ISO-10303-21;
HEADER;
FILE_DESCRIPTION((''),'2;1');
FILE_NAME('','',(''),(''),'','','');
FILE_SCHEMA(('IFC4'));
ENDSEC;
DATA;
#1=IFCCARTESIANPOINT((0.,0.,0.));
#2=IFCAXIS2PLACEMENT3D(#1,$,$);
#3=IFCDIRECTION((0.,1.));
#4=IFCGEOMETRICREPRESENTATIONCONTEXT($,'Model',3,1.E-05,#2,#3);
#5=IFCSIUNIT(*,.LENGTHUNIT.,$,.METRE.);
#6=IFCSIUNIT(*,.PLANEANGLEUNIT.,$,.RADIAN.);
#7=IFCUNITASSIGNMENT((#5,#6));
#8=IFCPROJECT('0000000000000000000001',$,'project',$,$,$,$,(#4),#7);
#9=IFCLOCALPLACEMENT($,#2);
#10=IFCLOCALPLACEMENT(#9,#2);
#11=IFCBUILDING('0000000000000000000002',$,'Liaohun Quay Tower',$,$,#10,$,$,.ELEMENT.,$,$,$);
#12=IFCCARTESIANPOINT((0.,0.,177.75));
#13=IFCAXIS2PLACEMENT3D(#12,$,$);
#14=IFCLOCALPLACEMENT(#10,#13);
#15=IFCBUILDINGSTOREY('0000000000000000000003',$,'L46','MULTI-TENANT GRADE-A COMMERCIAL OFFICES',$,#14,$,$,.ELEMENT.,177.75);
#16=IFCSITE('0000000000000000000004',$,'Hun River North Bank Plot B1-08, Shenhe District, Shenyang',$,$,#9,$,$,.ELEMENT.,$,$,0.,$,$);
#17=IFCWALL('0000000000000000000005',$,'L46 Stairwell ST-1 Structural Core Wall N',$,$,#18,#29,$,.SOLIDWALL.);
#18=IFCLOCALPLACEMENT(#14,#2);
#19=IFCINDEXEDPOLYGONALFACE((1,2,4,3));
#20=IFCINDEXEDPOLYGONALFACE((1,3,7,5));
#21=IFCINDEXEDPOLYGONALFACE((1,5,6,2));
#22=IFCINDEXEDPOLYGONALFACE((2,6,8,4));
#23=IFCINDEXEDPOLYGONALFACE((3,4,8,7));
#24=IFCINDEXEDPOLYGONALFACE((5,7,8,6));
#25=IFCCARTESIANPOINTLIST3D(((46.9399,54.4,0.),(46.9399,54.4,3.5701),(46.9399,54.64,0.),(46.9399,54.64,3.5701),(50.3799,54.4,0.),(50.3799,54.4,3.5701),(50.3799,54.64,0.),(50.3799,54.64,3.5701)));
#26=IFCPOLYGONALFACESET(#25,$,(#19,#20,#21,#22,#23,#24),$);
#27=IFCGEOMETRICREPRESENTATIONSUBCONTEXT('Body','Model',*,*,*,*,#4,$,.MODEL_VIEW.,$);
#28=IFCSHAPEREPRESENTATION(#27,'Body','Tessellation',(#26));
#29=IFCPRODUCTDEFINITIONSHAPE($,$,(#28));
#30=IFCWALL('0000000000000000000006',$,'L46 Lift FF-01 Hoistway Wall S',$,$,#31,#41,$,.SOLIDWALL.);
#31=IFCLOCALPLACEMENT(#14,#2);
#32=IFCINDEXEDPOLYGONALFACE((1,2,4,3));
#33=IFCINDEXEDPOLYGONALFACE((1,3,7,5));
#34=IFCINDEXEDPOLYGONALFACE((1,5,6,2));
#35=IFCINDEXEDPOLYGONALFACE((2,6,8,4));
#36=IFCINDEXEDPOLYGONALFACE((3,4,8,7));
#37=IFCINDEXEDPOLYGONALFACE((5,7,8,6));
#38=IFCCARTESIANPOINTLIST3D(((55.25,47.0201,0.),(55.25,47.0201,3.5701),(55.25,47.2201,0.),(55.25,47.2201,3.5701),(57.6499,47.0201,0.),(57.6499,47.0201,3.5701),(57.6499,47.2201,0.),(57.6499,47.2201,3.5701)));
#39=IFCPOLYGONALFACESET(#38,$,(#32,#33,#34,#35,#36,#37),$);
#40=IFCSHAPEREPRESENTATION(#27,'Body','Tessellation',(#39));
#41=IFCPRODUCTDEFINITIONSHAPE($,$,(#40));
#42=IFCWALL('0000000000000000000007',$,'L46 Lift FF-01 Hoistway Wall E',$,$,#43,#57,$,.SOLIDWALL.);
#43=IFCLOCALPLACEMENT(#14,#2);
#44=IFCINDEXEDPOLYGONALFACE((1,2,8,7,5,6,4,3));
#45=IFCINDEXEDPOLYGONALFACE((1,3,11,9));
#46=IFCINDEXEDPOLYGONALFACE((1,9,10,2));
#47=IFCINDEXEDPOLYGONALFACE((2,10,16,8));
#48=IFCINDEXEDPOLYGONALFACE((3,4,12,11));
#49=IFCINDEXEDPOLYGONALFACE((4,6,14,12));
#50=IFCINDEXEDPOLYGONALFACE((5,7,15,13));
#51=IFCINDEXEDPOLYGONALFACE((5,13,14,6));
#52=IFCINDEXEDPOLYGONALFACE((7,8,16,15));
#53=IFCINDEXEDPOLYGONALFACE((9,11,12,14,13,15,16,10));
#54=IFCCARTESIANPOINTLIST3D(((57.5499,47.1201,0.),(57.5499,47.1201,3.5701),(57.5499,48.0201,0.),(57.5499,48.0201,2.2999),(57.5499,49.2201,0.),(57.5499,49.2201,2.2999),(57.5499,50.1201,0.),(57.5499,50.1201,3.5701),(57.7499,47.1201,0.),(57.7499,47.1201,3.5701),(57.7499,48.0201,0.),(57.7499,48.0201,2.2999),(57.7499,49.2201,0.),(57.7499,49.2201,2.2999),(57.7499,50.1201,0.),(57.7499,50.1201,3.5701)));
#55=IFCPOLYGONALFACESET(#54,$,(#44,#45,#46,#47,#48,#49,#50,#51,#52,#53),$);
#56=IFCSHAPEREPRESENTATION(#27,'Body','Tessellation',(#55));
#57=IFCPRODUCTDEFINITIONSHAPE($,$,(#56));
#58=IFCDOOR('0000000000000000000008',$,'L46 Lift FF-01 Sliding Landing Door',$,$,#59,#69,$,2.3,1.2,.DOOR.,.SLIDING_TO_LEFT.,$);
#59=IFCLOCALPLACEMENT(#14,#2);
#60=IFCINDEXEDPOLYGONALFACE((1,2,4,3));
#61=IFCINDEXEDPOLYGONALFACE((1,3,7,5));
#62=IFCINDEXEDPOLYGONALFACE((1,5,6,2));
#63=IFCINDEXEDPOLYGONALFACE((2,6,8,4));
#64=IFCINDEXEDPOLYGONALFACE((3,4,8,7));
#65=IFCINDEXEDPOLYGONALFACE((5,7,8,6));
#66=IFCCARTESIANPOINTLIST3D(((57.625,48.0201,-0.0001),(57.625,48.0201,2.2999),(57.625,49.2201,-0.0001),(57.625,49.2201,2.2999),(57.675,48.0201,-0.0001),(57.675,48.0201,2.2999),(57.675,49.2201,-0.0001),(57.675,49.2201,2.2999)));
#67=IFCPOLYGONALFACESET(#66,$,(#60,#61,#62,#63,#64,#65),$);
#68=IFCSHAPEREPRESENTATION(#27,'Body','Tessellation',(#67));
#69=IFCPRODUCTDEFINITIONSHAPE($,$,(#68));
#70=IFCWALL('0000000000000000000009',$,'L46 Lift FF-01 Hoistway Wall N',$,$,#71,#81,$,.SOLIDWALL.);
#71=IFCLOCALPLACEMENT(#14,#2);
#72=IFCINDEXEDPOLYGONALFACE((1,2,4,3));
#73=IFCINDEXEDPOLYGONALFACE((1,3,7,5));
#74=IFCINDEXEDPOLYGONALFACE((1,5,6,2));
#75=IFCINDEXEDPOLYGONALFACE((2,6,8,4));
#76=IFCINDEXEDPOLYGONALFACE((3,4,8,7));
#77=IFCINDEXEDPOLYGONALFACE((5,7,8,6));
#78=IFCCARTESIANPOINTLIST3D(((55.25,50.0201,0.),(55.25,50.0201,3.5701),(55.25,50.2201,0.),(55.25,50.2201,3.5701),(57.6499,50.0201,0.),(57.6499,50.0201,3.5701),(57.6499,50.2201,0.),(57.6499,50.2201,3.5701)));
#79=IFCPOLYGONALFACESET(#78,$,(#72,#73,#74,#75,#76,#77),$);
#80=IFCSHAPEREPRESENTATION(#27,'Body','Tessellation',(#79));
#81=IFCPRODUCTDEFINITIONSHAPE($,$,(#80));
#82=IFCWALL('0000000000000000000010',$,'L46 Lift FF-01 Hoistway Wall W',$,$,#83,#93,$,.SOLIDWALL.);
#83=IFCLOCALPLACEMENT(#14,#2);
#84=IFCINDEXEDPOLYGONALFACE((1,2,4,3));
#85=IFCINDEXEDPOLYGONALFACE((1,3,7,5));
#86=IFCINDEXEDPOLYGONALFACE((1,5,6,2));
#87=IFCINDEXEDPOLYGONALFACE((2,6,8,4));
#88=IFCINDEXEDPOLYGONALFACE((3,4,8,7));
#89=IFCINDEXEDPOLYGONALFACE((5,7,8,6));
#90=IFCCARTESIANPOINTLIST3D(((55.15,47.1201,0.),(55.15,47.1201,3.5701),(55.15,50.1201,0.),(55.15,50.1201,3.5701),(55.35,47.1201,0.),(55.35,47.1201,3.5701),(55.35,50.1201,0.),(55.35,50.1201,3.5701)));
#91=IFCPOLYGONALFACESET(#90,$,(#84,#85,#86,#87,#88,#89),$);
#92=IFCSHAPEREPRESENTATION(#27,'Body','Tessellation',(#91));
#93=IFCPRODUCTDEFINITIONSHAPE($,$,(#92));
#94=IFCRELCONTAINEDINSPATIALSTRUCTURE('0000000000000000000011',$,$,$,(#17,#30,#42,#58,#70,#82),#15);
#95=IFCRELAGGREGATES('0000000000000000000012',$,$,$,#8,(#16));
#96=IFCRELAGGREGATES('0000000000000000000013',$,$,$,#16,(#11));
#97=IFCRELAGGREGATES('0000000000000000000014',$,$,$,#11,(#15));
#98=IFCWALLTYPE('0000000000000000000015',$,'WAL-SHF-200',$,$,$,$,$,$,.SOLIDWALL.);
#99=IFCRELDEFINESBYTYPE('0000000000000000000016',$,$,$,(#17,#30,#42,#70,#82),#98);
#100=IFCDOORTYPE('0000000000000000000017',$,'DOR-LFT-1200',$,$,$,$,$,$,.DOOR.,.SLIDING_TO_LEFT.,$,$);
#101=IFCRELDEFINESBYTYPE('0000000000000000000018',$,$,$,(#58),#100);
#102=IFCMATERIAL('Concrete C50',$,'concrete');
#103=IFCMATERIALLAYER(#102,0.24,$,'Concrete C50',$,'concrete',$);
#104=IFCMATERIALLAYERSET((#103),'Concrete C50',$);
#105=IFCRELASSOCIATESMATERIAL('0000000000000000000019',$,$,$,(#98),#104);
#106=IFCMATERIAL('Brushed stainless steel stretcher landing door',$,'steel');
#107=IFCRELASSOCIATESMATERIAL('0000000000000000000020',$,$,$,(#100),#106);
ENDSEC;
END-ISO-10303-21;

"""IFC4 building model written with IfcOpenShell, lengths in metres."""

from ifc_helpers import new_model, si_unit, direction, frame, frame_2d, origin, place, context, subcontext, project, spatial, rectangle, extrude, source, transform, mapped, material, layer, layer_set, type_object, element, fill, save


model = new_model("IFC4")

# Units and contexts
model_context = context("Model", 3, precision=1e-05, world=origin(), true_north=direction((0.0, 1.0)))
body_context = subcontext(model_context, "Body", "Model", "MODEL_VIEW")
ifc_project = project(units=[si_unit("LENGTHUNIT", "METRE"), si_unit("PLANEANGLEUNIT", "RADIAN")], contexts=[model_context])

# Site, building, storey
site_placement = place(None, origin())
site = spatial("IfcSite", under=ifc_project, at=site_placement, Name="Hun River North Bank Plot B1-08, Shenhe District, Shenyang", CompositionType="ELEMENT", RefElevation=0.0)
building_placement = place(site_placement, origin())
building = spatial("IfcBuilding", under=site, at=building_placement, Name="Liaohun Quay Tower", CompositionType="ELEMENT")
storey_placement = place(building_placement, frame((0.0, 0.0, 177.75)))
storey = spatial("IfcBuildingStorey", under=building, at=storey_placement, Name="L46", Description="MULTI-TENANT GRADE-A COMMERCIAL OFFICES", CompositionType="ELEMENT", Elevation=177.75)

# Walls
ifc_material_1 = material(Name="Concrete C50", Category="concrete")
ifc_layer_1 = layer(ifc_material_1, 0.24, Name="Concrete C50", Category="concrete")
ifc_layer_set_1 = layer_set([ifc_layer_1], Name="Concrete C50")
wall_type_1 = type_object("IfcWallType", Name="WAL-SHF-200", PredefinedType="SOLIDWALL", material=ifc_layer_set_1)
wall_1_placement = place(storey_placement, frame((50.3799, 54.52, 0.0), z_axis=(0.0, 0.0, 1.0), x_axis=(-1.0, 0.0, 0.0)))
element("IfcWall", 1, at=wall_1_placement, inside=storey, type_object=wall_type_1, Name="L46 Stairwell ST-1 Structural Core Wall N", PredefinedType="SOLIDWALL", context=body_context, shape_type="SweptSolid", body=[
    extrude(rectangle(XDim=3.4399, YDim=0.24, at=frame_2d((1.72, 0.0))), origin(), (0.0, 0.0, 1.0), 3.5701),
])
wall_2_placement = place(storey_placement, frame((55.25, 47.1201, 0.0), z_axis=(0.0, 0.0, 1.0), x_axis=(1.0, 0.0, 0.0)))
element("IfcWall", 2, at=wall_2_placement, inside=storey, type_object=wall_type_1, Name="L46 Lift FF-01 Hoistway Wall S", PredefinedType="SOLIDWALL", context=body_context, shape_type="SweptSolid", body=[
    extrude(rectangle(XDim=2.3999, YDim=0.2, at=frame_2d((1.2, 0.0))), origin(), (0.0, 0.0, 1.0), 3.5701),
])

# Wall, opening, door
wall_3_placement = place(storey_placement, frame((57.6499, 47.1201, 0.0), z_axis=(0.0, 0.0, 1.0), x_axis=(0.0, 1.0, 0.0)))
wall_3 = element("IfcWall", 3, at=wall_3_placement, inside=storey, type_object=wall_type_1, Name="L46 Lift FF-01 Hoistway Wall E", PredefinedType="SOLIDWALL", context=body_context, shape_type="SweptSolid", body=[
    extrude(rectangle(XDim=3.0, YDim=0.2, at=frame_2d((1.5, 0.0))), origin(), (0.0, 0.0, 1.0), 3.5701),
])
shared_shape_1 = source(origin(), body_context, "Body", "SweptSolid", [
    extrude(rectangle(XDim=1.2, YDim=2.3, at=frame_2d((0.6001, 1.1499))), frame((0.0, 0.1099, 0.0), z_axis=(0.0, -1.0, 0.0), x_axis=(1.0, 0.0, 0.0)), (0.0, 0.0, 1.0), 0.22),
])
opening_1_placement = place(wall_3_placement, frame((0.8999, 0.0, 0.0)))
opening_1 = element("IfcOpeningElement", 4, at=opening_1_placement, cuts=wall_3, PredefinedType="OPENING", context=body_context, shape_type="MappedRepresentation", body=[
    mapped(shared_shape_1, transform((0.0, 0.0, 0.0), x_axis=(1.0, 0.0, 0.0), y_axis=(0.0, 1.0, 0.0), z_axis=(0.0, 0.0, 1.0), scale=1.0)),
])
ifc_material_2 = material(Name="Brushed stainless steel stretcher landing door", Category="steel")
door_type_1 = type_object("IfcDoorType", Name="DOR-LFT-1200", OperationType="SLIDING_TO_LEFT", PredefinedType="DOOR", material=ifc_material_2)
shared_shape_2 = source(origin(), body_context, "Body", "SweptSolid", [
    extrude(rectangle(XDim=1.2, YDim=2.3, at=frame_2d((0.6001, 1.1499))), frame((0.0, 0.0249, 0.0), z_axis=(0.0, -1.0, 0.0), x_axis=(1.0, 0.0, 0.0)), (0.0, 0.0, 1.0), 0.05),
])
door_1_placement = place(opening_1_placement, origin())
door_1 = element("IfcDoor", 5, at=door_1_placement, inside=storey, type_object=door_type_1, Name="L46 Lift FF-01 Sliding Landing Door", OperationType="SLIDING_TO_LEFT", OverallHeight=2.3, OverallWidth=1.2, PredefinedType="DOOR", context=body_context, shape_type="MappedRepresentation", body=[
    mapped(shared_shape_2, transform((0.0, 0.0, 0.0), x_axis=(1.0, 0.0, 0.0), y_axis=(0.0, 1.0, 0.0), z_axis=(0.0, 0.0, 1.0), scale=1.0)),
])
fill(opening_1, door_1)

# Walls
wall_4_placement = place(storey_placement, frame((57.6499, 50.1201, 0.0), z_axis=(0.0, 0.0, 1.0), x_axis=(-1.0, 0.0, 0.0)))
element("IfcWall", 6, at=wall_4_placement, inside=storey, type_object=wall_type_1, Name="L46 Lift FF-01 Hoistway Wall N", PredefinedType="SOLIDWALL", context=body_context, shape_type="SweptSolid", body=[
    extrude(rectangle(XDim=2.3999, YDim=0.2, at=frame_2d((1.2, 0.0))), origin(), (0.0, 0.0, 1.0), 3.5701),
])
wall_5_placement = place(storey_placement, frame((55.25, 50.1201, 0.0), z_axis=(0.0, 0.0, 1.0), x_axis=(0.0, -1.0, 0.0)))
element("IfcWall", 7, at=wall_5_placement, inside=storey, type_object=wall_type_1, Name="L46 Lift FF-01 Hoistway Wall W", PredefinedType="SOLIDWALL", context=body_context, shape_type="SweptSolid", body=[
    extrude(rectangle(XDim=3.0, YDim=0.2, at=frame_2d((1.5, 0.0))), origin(), (0.0, 0.0, 1.0), 3.5701),
])

save(model, "model.ifc")
